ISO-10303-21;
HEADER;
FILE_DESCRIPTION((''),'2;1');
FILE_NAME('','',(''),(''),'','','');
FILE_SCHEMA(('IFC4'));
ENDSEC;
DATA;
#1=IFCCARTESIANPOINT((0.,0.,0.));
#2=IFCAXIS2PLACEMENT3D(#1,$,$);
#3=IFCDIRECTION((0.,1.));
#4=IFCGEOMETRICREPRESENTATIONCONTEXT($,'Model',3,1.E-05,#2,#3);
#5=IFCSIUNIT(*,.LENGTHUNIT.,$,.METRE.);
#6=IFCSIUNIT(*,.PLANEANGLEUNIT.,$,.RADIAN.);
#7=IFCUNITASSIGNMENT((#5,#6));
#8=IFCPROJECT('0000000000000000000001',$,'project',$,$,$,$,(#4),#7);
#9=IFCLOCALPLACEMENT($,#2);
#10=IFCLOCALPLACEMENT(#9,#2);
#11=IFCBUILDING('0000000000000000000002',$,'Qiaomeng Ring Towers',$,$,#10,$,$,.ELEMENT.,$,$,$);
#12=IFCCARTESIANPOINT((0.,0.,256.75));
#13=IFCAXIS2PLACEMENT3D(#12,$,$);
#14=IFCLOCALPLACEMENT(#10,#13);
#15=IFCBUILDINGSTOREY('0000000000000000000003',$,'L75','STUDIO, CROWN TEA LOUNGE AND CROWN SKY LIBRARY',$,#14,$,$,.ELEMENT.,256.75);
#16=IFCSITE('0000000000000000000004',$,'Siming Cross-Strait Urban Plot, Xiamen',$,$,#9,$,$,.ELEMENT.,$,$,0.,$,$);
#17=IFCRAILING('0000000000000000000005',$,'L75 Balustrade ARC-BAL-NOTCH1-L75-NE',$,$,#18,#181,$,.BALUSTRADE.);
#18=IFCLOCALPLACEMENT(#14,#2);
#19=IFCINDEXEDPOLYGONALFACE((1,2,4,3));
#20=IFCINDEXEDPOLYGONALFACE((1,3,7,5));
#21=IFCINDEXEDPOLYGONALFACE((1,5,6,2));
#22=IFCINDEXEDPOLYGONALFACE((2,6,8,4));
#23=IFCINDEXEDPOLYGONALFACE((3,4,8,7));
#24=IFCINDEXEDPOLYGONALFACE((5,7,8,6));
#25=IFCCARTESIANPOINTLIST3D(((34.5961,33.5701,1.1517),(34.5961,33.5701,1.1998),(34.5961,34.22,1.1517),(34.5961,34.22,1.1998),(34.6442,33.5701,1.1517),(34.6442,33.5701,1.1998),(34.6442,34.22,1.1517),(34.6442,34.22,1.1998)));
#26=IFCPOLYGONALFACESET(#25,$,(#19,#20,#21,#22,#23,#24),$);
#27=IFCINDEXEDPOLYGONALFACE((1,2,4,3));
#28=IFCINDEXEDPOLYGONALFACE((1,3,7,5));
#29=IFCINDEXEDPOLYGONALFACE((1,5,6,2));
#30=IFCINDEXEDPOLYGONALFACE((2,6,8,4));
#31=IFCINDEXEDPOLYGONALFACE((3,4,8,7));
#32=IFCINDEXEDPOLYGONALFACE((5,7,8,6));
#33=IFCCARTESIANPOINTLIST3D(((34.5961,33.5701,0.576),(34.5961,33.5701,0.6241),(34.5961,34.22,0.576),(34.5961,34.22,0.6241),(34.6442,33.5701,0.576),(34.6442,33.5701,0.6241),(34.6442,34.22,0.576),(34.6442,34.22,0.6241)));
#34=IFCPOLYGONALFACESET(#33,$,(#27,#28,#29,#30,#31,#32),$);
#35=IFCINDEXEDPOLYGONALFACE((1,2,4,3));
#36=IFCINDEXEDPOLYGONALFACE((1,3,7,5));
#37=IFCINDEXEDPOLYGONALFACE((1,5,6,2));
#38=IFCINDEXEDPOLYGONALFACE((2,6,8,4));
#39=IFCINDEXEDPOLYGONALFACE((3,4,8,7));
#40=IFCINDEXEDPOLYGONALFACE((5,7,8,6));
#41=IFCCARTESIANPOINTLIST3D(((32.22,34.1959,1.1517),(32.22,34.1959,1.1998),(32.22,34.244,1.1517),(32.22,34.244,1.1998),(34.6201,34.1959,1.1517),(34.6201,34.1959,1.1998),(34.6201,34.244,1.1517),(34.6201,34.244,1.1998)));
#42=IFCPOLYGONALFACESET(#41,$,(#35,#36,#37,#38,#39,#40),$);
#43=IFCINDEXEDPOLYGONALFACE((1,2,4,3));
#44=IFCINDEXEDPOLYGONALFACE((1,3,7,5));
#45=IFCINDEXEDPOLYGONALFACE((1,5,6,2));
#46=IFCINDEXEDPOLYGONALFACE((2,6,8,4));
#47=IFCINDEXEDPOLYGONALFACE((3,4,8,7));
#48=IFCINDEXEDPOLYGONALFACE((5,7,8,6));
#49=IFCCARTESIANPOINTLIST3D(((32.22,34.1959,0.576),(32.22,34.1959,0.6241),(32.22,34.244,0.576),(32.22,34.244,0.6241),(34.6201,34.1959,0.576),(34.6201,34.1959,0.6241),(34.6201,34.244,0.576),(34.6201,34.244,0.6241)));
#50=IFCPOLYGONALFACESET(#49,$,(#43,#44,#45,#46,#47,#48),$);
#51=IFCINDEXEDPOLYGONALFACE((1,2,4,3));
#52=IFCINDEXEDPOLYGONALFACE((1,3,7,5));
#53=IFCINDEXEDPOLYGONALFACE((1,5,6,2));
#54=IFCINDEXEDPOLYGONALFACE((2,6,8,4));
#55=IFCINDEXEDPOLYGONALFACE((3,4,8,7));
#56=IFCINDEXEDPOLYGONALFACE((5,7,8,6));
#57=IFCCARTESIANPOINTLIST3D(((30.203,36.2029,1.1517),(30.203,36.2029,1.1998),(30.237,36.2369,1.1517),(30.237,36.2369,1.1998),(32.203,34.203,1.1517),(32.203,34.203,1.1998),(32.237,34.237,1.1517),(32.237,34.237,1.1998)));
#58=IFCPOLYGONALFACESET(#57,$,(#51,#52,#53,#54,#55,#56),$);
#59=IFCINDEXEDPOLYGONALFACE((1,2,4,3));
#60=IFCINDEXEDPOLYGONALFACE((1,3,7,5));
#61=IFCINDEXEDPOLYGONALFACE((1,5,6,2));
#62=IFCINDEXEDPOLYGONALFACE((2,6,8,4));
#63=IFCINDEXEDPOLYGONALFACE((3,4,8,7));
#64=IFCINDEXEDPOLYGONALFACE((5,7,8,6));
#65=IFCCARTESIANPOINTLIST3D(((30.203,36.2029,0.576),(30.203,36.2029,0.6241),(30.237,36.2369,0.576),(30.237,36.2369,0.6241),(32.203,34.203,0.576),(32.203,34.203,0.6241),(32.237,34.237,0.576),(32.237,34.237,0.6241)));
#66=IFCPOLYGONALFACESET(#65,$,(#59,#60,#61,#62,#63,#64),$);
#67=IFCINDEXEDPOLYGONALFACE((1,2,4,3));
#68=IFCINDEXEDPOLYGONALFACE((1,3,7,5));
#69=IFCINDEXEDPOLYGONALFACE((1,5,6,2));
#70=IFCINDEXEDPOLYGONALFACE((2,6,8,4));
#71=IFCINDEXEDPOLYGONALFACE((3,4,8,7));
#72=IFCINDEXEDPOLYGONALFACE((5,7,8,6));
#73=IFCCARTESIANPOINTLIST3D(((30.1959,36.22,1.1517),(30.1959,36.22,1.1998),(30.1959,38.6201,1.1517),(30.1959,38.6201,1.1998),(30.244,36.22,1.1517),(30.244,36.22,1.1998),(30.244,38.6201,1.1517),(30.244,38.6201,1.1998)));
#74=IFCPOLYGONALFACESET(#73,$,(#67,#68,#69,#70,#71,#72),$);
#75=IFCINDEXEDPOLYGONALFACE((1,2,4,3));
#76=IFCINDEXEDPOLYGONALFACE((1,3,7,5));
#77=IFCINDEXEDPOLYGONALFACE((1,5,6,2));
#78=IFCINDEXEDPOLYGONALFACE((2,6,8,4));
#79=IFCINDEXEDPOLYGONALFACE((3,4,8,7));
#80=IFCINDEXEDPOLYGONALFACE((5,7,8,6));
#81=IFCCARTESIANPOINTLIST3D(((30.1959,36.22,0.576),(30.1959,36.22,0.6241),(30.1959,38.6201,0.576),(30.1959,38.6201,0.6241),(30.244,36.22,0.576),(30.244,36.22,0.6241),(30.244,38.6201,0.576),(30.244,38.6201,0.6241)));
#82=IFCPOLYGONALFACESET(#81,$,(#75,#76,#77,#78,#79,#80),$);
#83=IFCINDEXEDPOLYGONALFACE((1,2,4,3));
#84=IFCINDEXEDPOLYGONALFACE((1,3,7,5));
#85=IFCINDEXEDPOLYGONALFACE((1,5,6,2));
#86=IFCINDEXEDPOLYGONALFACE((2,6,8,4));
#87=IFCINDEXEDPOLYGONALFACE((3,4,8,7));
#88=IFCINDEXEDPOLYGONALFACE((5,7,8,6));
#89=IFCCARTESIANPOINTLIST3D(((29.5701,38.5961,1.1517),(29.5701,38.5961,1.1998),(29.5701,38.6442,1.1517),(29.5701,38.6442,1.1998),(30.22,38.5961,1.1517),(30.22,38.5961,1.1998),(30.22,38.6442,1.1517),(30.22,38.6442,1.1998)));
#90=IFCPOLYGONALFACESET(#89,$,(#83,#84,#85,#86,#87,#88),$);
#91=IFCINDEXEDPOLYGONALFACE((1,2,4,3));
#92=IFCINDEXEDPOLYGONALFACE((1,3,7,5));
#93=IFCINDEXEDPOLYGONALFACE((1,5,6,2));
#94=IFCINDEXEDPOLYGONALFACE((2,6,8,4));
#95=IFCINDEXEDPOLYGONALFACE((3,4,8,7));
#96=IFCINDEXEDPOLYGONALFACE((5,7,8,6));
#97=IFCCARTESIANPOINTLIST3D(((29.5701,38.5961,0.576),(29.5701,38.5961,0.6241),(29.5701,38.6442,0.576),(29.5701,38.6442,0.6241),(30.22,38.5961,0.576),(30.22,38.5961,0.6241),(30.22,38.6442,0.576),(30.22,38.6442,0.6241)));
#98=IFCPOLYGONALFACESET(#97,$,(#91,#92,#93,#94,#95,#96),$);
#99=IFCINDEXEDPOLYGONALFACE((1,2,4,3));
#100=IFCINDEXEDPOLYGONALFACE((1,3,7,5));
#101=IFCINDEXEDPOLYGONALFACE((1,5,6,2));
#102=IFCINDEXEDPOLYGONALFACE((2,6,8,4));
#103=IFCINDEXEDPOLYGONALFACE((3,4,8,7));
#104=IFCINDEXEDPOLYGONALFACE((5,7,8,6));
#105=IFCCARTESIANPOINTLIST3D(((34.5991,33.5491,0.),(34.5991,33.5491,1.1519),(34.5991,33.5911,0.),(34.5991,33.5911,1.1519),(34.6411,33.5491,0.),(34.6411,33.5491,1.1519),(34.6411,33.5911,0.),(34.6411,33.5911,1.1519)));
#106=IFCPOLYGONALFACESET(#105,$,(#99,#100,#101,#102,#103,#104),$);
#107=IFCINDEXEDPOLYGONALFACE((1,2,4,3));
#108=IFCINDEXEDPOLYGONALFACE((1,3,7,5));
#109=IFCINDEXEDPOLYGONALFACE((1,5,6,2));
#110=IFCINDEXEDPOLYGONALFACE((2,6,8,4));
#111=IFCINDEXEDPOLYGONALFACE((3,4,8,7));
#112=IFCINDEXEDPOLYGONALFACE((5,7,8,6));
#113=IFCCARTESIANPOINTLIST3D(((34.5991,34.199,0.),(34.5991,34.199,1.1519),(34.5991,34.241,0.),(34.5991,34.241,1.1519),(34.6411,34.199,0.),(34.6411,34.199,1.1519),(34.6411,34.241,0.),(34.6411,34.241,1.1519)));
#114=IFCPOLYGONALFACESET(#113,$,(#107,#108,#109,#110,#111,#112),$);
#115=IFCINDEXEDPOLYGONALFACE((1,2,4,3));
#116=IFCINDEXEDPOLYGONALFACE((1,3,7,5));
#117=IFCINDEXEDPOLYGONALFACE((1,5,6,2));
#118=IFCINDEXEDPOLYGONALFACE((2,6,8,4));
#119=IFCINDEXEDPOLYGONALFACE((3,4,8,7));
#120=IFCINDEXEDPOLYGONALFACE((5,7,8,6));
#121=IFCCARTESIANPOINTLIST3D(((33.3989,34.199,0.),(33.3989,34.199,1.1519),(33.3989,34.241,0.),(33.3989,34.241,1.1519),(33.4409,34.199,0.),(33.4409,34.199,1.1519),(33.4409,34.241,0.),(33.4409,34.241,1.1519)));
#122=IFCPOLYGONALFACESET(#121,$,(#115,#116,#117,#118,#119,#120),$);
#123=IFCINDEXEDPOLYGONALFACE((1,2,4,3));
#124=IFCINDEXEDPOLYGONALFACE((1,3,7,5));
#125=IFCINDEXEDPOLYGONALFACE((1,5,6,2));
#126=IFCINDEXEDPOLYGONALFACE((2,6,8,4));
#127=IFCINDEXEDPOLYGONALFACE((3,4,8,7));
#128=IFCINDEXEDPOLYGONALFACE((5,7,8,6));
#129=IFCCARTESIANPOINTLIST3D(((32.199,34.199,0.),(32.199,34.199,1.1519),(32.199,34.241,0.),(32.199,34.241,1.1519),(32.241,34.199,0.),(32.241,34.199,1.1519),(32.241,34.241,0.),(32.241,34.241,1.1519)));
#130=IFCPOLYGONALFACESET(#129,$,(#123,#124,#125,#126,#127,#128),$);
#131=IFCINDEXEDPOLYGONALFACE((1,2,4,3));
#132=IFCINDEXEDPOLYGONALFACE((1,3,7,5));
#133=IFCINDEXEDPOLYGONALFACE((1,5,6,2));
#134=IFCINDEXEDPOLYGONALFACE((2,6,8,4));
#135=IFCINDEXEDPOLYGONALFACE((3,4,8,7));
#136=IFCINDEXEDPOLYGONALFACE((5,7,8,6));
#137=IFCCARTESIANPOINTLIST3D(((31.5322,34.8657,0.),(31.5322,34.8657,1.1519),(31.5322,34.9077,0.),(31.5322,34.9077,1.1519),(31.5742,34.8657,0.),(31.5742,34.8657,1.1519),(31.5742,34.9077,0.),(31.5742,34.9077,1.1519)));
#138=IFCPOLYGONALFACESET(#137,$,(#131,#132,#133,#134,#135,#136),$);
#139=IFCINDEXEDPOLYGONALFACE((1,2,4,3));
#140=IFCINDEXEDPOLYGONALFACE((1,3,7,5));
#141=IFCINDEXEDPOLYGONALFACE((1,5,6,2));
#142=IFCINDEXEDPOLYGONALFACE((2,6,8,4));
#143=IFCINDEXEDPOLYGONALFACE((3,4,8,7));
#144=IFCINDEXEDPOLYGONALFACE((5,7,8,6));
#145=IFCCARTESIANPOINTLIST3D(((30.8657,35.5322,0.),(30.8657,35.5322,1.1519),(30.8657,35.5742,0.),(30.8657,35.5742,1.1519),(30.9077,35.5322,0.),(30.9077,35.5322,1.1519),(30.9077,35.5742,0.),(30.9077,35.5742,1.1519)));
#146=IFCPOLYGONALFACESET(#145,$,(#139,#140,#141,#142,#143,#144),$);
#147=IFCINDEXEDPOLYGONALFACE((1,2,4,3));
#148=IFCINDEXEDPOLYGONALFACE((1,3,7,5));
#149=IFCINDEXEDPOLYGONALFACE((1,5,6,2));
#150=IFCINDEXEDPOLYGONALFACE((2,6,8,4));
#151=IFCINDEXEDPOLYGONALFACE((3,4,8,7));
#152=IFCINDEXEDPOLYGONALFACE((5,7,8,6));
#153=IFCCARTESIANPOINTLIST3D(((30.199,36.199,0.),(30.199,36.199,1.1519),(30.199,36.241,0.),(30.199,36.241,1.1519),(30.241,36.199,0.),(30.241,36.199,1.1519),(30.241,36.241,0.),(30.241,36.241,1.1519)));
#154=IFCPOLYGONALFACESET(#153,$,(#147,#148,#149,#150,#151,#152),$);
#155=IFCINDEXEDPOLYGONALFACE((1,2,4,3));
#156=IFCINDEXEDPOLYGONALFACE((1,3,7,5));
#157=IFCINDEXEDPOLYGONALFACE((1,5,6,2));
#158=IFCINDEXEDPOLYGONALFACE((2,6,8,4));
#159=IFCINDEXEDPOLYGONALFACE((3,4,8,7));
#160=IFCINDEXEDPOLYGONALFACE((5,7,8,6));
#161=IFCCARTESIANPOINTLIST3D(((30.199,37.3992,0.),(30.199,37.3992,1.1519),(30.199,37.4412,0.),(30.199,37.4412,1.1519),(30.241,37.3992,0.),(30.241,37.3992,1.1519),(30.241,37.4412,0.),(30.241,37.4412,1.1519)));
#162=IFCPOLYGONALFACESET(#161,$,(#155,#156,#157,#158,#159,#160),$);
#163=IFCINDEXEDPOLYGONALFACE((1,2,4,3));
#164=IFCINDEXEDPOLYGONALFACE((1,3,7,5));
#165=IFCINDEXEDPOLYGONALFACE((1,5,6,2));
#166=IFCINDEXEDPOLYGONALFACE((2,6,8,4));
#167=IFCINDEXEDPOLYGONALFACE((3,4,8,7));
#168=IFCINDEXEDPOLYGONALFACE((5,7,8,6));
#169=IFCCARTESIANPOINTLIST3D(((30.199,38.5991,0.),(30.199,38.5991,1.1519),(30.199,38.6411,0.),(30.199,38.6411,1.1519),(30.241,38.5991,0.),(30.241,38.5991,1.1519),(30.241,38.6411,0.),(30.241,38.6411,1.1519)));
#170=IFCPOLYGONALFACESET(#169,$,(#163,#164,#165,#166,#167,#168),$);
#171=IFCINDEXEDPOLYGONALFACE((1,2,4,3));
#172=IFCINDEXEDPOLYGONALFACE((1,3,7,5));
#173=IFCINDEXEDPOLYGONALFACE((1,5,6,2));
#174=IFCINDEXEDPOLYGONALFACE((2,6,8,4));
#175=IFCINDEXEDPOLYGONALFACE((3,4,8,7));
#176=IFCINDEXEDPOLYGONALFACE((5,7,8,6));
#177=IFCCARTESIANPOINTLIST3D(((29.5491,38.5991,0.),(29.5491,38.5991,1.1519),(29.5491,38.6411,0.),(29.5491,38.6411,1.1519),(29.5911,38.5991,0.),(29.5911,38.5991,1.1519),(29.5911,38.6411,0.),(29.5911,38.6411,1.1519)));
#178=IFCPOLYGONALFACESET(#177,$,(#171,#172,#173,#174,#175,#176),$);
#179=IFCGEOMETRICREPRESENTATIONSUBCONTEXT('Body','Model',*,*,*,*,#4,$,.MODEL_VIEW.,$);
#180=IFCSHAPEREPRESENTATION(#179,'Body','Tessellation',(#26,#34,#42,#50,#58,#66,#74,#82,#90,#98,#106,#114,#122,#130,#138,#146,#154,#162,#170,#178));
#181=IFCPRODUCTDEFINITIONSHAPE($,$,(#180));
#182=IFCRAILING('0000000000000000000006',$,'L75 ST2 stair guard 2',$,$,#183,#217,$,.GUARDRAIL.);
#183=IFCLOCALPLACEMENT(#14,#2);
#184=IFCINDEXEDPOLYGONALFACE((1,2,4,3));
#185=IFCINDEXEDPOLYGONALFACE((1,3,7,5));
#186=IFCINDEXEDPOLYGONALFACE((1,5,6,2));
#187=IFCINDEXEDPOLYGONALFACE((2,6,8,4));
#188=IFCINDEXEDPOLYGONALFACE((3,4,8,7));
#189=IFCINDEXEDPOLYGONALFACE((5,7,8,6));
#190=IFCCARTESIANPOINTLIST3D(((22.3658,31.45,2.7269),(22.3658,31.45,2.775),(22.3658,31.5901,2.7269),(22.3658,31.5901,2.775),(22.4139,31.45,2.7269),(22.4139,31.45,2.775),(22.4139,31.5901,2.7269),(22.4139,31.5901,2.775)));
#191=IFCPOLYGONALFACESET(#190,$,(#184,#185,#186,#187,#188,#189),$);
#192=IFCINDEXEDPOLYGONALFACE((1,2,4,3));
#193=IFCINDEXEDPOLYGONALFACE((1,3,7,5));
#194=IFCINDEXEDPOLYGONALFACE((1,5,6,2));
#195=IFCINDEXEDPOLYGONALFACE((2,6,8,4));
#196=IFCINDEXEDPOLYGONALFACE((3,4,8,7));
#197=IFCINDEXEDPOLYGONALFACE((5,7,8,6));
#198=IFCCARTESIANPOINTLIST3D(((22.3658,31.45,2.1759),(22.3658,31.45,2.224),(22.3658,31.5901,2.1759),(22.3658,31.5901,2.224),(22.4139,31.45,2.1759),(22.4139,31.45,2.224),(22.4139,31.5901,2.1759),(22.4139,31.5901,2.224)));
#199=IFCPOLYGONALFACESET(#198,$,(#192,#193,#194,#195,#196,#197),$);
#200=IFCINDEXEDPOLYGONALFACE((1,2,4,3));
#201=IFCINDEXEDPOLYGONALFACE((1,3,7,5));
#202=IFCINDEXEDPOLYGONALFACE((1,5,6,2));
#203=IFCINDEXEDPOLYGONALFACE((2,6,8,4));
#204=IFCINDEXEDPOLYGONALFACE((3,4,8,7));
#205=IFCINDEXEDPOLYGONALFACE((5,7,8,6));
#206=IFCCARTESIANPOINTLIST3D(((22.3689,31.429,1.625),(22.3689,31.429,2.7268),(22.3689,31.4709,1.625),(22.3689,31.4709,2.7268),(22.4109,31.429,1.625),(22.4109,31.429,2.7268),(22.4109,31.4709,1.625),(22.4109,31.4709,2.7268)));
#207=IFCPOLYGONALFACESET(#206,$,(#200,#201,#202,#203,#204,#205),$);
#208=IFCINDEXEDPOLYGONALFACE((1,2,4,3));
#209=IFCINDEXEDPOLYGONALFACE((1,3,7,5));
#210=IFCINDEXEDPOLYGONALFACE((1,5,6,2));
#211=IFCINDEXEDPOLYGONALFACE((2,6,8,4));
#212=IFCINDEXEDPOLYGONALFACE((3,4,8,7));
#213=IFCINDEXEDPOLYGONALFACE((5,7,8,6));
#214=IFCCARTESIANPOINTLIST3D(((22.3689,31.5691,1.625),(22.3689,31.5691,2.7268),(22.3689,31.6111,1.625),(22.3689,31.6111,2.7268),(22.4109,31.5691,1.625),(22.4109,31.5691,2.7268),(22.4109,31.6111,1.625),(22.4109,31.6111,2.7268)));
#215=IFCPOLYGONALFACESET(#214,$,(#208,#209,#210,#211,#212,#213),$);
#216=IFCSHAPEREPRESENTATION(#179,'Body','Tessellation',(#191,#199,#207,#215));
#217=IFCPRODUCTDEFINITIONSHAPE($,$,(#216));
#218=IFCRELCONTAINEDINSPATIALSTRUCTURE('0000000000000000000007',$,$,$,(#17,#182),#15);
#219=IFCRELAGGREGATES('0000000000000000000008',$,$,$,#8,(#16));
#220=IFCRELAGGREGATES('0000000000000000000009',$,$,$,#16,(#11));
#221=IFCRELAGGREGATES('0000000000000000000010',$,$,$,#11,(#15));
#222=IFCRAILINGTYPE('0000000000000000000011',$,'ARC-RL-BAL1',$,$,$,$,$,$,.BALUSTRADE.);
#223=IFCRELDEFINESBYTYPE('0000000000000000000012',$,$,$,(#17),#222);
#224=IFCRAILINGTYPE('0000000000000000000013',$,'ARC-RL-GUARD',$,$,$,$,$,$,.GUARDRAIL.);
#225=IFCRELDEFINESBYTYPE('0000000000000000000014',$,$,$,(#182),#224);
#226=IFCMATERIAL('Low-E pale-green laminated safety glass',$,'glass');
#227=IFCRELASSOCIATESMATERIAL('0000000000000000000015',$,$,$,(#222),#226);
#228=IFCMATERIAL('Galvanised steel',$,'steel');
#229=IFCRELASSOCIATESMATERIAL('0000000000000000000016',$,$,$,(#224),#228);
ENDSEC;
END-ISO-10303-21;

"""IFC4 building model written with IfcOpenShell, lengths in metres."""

from ifc_helpers import new_model, si_unit, direction, frame, origin, origin_2d, place, context, subcontext, project, spatial, rectangle, extrude, material, type_object, element, save


model = new_model("IFC4")

# Units and contexts
model_context = context("Model", 3, precision=1e-05, world=origin(), true_north=direction((0.0, 1.0)))
body_context = subcontext(model_context, "Body", "Model", "MODEL_VIEW")
ifc_project = project(units=[si_unit("LENGTHUNIT", "METRE"), si_unit("PLANEANGLEUNIT", "RADIAN")], contexts=[model_context])

# Site, building, storey
site_placement = place(None, origin())
site = spatial("IfcSite", under=ifc_project, at=site_placement, Name="Siming Cross-Strait Urban Plot, Xiamen", CompositionType="ELEMENT", RefElevation=0.0)
building_placement = place(site_placement, origin())
building = spatial("IfcBuilding", under=site, at=building_placement, Name="Qiaomeng Ring Towers", CompositionType="ELEMENT")
storey_placement = place(building_placement, frame((0.0, 0.0, 256.75)))
storey = spatial("IfcBuildingStorey", under=building, at=storey_placement, Name="L75", Description="STUDIO, CROWN TEA LOUNGE AND CROWN SKY LIBRARY", CompositionType="ELEMENT", Elevation=256.75)

# Shared definitions
ifc_material_1 = material(Name="Galvanised steel", Category="steel")

# Railings
ifc_material_2 = material(Name="Low-E pale-green laminated safety glass", Category="glass")
railing_type_1 = type_object("IfcRailingType", Name="ARC-RL-BAL1", PredefinedType="BALUSTRADE", material=ifc_material_2)
railing_1_placement = place(storey_placement, frame((34.6201, 33.5701, 0.0)))
element("IfcRailing", 1, at=railing_1_placement, inside=storey, type_object=railing_type_1, Name="L75 Balustrade ARC-BAL-NOTCH1-L75-NE", PredefinedType="BALUSTRADE", context=body_context, shape_type="SweptSolid", body=[
    extrude(rectangle(XDim=0.0481, YDim=0.0481, at=origin_2d()), frame((0.0, 0.0, 1.1758), z_axis=(0.0, 1.0, 0.0), x_axis=(-1.0, 0.0, 0.0)), (0.0, 0.0, 1.0), 0.6499),
    extrude(rectangle(XDim=0.0481, YDim=0.0481, at=origin_2d()), frame((0.0, 0.0, 0.6001), z_axis=(0.0, 1.0, 0.0), x_axis=(-1.0, 0.0, 0.0)), (0.0, 0.0, 1.0), 0.6499),
    extrude(rectangle(XDim=0.0481, YDim=0.0481, at=origin_2d()), frame((0.0, 0.6499, 1.1758), z_axis=(-1.0, 0.0, 0.0), x_axis=(0.0, -1.0, 0.0)), (0.0, 0.0, 1.0), 2.4001),
    extrude(rectangle(XDim=0.0481, YDim=0.0481, at=origin_2d()), frame((0.0, 0.6499, 0.6001), z_axis=(-1.0, 0.0, 0.0), x_axis=(0.0, -1.0, 0.0)), (0.0, 0.0, 1.0), 2.4001),
    extrude(rectangle(XDim=0.0481, YDim=0.0481, at=origin_2d()), frame((-2.4001, 0.6499, 1.1758), z_axis=(-0.707107, 0.707107, 0.0), x_axis=(-0.707107, -0.707107, 0.0)), (0.0, 0.0, 1.0), 2.8284),
    extrude(rectangle(XDim=0.0481, YDim=0.0481, at=origin_2d()), frame((-2.4001, 0.6499, 0.6001), z_axis=(-0.707107, 0.707107, 0.0), x_axis=(-0.707107, -0.707107, 0.0)), (0.0, 0.0, 1.0), 2.8284),
    extrude(rectangle(XDim=0.0481, YDim=0.0481, at=origin_2d()), frame((-4.4001, 2.6499, 1.1758), z_axis=(0.0, 1.0, 0.0), x_axis=(-1.0, 0.0, 0.0)), (0.0, 0.0, 1.0), 2.4001),
    extrude(rectangle(XDim=0.0481, YDim=0.0481, at=origin_2d()), frame((-4.4001, 2.6499, 0.6001), z_axis=(0.0, 1.0, 0.0), x_axis=(-1.0, 0.0, 0.0)), (0.0, 0.0, 1.0), 2.4001),
    extrude(rectangle(XDim=0.0481, YDim=0.0481, at=origin_2d()), frame((-4.4001, 5.05, 1.1758), z_axis=(-1.0, 0.0, 0.0), x_axis=(0.0, -1.0, 0.0)), (0.0, 0.0, 1.0), 0.6499),
    extrude(rectangle(XDim=0.0481, YDim=0.0481, at=origin_2d()), frame((-4.4001, 5.05, 0.6001), z_axis=(-1.0, 0.0, 0.0), x_axis=(0.0, -1.0, 0.0)), (0.0, 0.0, 1.0), 0.6499),
    extrude(rectangle(XDim=0.042, YDim=0.042, at=origin_2d()), origin(), (0.0, 0.0, 1.0), 1.1519),
    extrude(rectangle(XDim=0.042, YDim=0.042, at=origin_2d()), frame((0.0, 0.6499, 0.0)), (0.0, 0.0, 1.0), 1.1519),
    extrude(rectangle(XDim=0.042, YDim=0.042, at=origin_2d()), frame((-1.2002, 0.6499, 0.0)), (0.0, 0.0, 1.0), 1.1519),
    extrude(rectangle(XDim=0.042, YDim=0.042, at=origin_2d()), frame((-2.4001, 0.6499, 0.0)), (0.0, 0.0, 1.0), 1.1519),
    extrude(rectangle(XDim=0.042, YDim=0.042, at=origin_2d()), frame((-3.0669, 1.3167, 0.0)), (0.0, 0.0, 1.0), 1.1519),
    extrude(rectangle(XDim=0.042, YDim=0.042, at=origin_2d()), frame((-3.7334, 1.9832, 0.0)), (0.0, 0.0, 1.0), 1.1519),
    extrude(rectangle(XDim=0.042, YDim=0.042, at=origin_2d()), frame((-4.4001, 2.6499, 0.0)), (0.0, 0.0, 1.0), 1.1519),
    extrude(rectangle(XDim=0.042, YDim=0.042, at=origin_2d()), frame((-4.4001, 3.8501, 0.0)), (0.0, 0.0, 1.0), 1.1519),
    extrude(rectangle(XDim=0.042, YDim=0.042, at=origin_2d()), frame((-4.4001, 5.05, 0.0)), (0.0, 0.0, 1.0), 1.1519),
    extrude(rectangle(XDim=0.042, YDim=0.042, at=origin_2d()), frame((-5.05, 5.05, 0.0)), (0.0, 0.0, 1.0), 1.1519),
])
railing_type_2 = type_object("IfcRailingType", Name="ARC-RL-GUARD", PredefinedType="GUARDRAIL", material=ifc_material_1)
railing_2_placement = place(storey_placement, frame((22.3899, 31.45, 1.625)))
element("IfcRailing", 2, at=railing_2_placement, inside=storey, type_object=railing_type_2, Name="L75 ST2 stair guard 2", PredefinedType="GUARDRAIL", context=body_context, shape_type="SweptSolid", body=[
    extrude(rectangle(XDim=0.0481, YDim=0.0481, at=origin_2d()), frame((0.0, 0.0, 1.126), z_axis=(0.0, 1.0, 0.0), x_axis=(-1.0, 0.0, 0.0)), (0.0, 0.0, 1.0), 0.1401),
    extrude(rectangle(XDim=0.0481, YDim=0.0481, at=origin_2d()), frame((0.0, 0.0, 0.575), z_axis=(0.0, 1.0, 0.0), x_axis=(-1.0, 0.0, 0.0)), (0.0, 0.0, 1.0), 0.1401),
    extrude(rectangle(XDim=0.042, YDim=0.042, at=origin_2d()), origin(), (0.0, 0.0, 1.0), 1.1018),
    extrude(rectangle(XDim=0.042, YDim=0.042, at=origin_2d()), frame((0.0, 0.1401, 0.0)), (0.0, 0.0, 1.0), 1.1018),
])

save(model, "model.ifc")
